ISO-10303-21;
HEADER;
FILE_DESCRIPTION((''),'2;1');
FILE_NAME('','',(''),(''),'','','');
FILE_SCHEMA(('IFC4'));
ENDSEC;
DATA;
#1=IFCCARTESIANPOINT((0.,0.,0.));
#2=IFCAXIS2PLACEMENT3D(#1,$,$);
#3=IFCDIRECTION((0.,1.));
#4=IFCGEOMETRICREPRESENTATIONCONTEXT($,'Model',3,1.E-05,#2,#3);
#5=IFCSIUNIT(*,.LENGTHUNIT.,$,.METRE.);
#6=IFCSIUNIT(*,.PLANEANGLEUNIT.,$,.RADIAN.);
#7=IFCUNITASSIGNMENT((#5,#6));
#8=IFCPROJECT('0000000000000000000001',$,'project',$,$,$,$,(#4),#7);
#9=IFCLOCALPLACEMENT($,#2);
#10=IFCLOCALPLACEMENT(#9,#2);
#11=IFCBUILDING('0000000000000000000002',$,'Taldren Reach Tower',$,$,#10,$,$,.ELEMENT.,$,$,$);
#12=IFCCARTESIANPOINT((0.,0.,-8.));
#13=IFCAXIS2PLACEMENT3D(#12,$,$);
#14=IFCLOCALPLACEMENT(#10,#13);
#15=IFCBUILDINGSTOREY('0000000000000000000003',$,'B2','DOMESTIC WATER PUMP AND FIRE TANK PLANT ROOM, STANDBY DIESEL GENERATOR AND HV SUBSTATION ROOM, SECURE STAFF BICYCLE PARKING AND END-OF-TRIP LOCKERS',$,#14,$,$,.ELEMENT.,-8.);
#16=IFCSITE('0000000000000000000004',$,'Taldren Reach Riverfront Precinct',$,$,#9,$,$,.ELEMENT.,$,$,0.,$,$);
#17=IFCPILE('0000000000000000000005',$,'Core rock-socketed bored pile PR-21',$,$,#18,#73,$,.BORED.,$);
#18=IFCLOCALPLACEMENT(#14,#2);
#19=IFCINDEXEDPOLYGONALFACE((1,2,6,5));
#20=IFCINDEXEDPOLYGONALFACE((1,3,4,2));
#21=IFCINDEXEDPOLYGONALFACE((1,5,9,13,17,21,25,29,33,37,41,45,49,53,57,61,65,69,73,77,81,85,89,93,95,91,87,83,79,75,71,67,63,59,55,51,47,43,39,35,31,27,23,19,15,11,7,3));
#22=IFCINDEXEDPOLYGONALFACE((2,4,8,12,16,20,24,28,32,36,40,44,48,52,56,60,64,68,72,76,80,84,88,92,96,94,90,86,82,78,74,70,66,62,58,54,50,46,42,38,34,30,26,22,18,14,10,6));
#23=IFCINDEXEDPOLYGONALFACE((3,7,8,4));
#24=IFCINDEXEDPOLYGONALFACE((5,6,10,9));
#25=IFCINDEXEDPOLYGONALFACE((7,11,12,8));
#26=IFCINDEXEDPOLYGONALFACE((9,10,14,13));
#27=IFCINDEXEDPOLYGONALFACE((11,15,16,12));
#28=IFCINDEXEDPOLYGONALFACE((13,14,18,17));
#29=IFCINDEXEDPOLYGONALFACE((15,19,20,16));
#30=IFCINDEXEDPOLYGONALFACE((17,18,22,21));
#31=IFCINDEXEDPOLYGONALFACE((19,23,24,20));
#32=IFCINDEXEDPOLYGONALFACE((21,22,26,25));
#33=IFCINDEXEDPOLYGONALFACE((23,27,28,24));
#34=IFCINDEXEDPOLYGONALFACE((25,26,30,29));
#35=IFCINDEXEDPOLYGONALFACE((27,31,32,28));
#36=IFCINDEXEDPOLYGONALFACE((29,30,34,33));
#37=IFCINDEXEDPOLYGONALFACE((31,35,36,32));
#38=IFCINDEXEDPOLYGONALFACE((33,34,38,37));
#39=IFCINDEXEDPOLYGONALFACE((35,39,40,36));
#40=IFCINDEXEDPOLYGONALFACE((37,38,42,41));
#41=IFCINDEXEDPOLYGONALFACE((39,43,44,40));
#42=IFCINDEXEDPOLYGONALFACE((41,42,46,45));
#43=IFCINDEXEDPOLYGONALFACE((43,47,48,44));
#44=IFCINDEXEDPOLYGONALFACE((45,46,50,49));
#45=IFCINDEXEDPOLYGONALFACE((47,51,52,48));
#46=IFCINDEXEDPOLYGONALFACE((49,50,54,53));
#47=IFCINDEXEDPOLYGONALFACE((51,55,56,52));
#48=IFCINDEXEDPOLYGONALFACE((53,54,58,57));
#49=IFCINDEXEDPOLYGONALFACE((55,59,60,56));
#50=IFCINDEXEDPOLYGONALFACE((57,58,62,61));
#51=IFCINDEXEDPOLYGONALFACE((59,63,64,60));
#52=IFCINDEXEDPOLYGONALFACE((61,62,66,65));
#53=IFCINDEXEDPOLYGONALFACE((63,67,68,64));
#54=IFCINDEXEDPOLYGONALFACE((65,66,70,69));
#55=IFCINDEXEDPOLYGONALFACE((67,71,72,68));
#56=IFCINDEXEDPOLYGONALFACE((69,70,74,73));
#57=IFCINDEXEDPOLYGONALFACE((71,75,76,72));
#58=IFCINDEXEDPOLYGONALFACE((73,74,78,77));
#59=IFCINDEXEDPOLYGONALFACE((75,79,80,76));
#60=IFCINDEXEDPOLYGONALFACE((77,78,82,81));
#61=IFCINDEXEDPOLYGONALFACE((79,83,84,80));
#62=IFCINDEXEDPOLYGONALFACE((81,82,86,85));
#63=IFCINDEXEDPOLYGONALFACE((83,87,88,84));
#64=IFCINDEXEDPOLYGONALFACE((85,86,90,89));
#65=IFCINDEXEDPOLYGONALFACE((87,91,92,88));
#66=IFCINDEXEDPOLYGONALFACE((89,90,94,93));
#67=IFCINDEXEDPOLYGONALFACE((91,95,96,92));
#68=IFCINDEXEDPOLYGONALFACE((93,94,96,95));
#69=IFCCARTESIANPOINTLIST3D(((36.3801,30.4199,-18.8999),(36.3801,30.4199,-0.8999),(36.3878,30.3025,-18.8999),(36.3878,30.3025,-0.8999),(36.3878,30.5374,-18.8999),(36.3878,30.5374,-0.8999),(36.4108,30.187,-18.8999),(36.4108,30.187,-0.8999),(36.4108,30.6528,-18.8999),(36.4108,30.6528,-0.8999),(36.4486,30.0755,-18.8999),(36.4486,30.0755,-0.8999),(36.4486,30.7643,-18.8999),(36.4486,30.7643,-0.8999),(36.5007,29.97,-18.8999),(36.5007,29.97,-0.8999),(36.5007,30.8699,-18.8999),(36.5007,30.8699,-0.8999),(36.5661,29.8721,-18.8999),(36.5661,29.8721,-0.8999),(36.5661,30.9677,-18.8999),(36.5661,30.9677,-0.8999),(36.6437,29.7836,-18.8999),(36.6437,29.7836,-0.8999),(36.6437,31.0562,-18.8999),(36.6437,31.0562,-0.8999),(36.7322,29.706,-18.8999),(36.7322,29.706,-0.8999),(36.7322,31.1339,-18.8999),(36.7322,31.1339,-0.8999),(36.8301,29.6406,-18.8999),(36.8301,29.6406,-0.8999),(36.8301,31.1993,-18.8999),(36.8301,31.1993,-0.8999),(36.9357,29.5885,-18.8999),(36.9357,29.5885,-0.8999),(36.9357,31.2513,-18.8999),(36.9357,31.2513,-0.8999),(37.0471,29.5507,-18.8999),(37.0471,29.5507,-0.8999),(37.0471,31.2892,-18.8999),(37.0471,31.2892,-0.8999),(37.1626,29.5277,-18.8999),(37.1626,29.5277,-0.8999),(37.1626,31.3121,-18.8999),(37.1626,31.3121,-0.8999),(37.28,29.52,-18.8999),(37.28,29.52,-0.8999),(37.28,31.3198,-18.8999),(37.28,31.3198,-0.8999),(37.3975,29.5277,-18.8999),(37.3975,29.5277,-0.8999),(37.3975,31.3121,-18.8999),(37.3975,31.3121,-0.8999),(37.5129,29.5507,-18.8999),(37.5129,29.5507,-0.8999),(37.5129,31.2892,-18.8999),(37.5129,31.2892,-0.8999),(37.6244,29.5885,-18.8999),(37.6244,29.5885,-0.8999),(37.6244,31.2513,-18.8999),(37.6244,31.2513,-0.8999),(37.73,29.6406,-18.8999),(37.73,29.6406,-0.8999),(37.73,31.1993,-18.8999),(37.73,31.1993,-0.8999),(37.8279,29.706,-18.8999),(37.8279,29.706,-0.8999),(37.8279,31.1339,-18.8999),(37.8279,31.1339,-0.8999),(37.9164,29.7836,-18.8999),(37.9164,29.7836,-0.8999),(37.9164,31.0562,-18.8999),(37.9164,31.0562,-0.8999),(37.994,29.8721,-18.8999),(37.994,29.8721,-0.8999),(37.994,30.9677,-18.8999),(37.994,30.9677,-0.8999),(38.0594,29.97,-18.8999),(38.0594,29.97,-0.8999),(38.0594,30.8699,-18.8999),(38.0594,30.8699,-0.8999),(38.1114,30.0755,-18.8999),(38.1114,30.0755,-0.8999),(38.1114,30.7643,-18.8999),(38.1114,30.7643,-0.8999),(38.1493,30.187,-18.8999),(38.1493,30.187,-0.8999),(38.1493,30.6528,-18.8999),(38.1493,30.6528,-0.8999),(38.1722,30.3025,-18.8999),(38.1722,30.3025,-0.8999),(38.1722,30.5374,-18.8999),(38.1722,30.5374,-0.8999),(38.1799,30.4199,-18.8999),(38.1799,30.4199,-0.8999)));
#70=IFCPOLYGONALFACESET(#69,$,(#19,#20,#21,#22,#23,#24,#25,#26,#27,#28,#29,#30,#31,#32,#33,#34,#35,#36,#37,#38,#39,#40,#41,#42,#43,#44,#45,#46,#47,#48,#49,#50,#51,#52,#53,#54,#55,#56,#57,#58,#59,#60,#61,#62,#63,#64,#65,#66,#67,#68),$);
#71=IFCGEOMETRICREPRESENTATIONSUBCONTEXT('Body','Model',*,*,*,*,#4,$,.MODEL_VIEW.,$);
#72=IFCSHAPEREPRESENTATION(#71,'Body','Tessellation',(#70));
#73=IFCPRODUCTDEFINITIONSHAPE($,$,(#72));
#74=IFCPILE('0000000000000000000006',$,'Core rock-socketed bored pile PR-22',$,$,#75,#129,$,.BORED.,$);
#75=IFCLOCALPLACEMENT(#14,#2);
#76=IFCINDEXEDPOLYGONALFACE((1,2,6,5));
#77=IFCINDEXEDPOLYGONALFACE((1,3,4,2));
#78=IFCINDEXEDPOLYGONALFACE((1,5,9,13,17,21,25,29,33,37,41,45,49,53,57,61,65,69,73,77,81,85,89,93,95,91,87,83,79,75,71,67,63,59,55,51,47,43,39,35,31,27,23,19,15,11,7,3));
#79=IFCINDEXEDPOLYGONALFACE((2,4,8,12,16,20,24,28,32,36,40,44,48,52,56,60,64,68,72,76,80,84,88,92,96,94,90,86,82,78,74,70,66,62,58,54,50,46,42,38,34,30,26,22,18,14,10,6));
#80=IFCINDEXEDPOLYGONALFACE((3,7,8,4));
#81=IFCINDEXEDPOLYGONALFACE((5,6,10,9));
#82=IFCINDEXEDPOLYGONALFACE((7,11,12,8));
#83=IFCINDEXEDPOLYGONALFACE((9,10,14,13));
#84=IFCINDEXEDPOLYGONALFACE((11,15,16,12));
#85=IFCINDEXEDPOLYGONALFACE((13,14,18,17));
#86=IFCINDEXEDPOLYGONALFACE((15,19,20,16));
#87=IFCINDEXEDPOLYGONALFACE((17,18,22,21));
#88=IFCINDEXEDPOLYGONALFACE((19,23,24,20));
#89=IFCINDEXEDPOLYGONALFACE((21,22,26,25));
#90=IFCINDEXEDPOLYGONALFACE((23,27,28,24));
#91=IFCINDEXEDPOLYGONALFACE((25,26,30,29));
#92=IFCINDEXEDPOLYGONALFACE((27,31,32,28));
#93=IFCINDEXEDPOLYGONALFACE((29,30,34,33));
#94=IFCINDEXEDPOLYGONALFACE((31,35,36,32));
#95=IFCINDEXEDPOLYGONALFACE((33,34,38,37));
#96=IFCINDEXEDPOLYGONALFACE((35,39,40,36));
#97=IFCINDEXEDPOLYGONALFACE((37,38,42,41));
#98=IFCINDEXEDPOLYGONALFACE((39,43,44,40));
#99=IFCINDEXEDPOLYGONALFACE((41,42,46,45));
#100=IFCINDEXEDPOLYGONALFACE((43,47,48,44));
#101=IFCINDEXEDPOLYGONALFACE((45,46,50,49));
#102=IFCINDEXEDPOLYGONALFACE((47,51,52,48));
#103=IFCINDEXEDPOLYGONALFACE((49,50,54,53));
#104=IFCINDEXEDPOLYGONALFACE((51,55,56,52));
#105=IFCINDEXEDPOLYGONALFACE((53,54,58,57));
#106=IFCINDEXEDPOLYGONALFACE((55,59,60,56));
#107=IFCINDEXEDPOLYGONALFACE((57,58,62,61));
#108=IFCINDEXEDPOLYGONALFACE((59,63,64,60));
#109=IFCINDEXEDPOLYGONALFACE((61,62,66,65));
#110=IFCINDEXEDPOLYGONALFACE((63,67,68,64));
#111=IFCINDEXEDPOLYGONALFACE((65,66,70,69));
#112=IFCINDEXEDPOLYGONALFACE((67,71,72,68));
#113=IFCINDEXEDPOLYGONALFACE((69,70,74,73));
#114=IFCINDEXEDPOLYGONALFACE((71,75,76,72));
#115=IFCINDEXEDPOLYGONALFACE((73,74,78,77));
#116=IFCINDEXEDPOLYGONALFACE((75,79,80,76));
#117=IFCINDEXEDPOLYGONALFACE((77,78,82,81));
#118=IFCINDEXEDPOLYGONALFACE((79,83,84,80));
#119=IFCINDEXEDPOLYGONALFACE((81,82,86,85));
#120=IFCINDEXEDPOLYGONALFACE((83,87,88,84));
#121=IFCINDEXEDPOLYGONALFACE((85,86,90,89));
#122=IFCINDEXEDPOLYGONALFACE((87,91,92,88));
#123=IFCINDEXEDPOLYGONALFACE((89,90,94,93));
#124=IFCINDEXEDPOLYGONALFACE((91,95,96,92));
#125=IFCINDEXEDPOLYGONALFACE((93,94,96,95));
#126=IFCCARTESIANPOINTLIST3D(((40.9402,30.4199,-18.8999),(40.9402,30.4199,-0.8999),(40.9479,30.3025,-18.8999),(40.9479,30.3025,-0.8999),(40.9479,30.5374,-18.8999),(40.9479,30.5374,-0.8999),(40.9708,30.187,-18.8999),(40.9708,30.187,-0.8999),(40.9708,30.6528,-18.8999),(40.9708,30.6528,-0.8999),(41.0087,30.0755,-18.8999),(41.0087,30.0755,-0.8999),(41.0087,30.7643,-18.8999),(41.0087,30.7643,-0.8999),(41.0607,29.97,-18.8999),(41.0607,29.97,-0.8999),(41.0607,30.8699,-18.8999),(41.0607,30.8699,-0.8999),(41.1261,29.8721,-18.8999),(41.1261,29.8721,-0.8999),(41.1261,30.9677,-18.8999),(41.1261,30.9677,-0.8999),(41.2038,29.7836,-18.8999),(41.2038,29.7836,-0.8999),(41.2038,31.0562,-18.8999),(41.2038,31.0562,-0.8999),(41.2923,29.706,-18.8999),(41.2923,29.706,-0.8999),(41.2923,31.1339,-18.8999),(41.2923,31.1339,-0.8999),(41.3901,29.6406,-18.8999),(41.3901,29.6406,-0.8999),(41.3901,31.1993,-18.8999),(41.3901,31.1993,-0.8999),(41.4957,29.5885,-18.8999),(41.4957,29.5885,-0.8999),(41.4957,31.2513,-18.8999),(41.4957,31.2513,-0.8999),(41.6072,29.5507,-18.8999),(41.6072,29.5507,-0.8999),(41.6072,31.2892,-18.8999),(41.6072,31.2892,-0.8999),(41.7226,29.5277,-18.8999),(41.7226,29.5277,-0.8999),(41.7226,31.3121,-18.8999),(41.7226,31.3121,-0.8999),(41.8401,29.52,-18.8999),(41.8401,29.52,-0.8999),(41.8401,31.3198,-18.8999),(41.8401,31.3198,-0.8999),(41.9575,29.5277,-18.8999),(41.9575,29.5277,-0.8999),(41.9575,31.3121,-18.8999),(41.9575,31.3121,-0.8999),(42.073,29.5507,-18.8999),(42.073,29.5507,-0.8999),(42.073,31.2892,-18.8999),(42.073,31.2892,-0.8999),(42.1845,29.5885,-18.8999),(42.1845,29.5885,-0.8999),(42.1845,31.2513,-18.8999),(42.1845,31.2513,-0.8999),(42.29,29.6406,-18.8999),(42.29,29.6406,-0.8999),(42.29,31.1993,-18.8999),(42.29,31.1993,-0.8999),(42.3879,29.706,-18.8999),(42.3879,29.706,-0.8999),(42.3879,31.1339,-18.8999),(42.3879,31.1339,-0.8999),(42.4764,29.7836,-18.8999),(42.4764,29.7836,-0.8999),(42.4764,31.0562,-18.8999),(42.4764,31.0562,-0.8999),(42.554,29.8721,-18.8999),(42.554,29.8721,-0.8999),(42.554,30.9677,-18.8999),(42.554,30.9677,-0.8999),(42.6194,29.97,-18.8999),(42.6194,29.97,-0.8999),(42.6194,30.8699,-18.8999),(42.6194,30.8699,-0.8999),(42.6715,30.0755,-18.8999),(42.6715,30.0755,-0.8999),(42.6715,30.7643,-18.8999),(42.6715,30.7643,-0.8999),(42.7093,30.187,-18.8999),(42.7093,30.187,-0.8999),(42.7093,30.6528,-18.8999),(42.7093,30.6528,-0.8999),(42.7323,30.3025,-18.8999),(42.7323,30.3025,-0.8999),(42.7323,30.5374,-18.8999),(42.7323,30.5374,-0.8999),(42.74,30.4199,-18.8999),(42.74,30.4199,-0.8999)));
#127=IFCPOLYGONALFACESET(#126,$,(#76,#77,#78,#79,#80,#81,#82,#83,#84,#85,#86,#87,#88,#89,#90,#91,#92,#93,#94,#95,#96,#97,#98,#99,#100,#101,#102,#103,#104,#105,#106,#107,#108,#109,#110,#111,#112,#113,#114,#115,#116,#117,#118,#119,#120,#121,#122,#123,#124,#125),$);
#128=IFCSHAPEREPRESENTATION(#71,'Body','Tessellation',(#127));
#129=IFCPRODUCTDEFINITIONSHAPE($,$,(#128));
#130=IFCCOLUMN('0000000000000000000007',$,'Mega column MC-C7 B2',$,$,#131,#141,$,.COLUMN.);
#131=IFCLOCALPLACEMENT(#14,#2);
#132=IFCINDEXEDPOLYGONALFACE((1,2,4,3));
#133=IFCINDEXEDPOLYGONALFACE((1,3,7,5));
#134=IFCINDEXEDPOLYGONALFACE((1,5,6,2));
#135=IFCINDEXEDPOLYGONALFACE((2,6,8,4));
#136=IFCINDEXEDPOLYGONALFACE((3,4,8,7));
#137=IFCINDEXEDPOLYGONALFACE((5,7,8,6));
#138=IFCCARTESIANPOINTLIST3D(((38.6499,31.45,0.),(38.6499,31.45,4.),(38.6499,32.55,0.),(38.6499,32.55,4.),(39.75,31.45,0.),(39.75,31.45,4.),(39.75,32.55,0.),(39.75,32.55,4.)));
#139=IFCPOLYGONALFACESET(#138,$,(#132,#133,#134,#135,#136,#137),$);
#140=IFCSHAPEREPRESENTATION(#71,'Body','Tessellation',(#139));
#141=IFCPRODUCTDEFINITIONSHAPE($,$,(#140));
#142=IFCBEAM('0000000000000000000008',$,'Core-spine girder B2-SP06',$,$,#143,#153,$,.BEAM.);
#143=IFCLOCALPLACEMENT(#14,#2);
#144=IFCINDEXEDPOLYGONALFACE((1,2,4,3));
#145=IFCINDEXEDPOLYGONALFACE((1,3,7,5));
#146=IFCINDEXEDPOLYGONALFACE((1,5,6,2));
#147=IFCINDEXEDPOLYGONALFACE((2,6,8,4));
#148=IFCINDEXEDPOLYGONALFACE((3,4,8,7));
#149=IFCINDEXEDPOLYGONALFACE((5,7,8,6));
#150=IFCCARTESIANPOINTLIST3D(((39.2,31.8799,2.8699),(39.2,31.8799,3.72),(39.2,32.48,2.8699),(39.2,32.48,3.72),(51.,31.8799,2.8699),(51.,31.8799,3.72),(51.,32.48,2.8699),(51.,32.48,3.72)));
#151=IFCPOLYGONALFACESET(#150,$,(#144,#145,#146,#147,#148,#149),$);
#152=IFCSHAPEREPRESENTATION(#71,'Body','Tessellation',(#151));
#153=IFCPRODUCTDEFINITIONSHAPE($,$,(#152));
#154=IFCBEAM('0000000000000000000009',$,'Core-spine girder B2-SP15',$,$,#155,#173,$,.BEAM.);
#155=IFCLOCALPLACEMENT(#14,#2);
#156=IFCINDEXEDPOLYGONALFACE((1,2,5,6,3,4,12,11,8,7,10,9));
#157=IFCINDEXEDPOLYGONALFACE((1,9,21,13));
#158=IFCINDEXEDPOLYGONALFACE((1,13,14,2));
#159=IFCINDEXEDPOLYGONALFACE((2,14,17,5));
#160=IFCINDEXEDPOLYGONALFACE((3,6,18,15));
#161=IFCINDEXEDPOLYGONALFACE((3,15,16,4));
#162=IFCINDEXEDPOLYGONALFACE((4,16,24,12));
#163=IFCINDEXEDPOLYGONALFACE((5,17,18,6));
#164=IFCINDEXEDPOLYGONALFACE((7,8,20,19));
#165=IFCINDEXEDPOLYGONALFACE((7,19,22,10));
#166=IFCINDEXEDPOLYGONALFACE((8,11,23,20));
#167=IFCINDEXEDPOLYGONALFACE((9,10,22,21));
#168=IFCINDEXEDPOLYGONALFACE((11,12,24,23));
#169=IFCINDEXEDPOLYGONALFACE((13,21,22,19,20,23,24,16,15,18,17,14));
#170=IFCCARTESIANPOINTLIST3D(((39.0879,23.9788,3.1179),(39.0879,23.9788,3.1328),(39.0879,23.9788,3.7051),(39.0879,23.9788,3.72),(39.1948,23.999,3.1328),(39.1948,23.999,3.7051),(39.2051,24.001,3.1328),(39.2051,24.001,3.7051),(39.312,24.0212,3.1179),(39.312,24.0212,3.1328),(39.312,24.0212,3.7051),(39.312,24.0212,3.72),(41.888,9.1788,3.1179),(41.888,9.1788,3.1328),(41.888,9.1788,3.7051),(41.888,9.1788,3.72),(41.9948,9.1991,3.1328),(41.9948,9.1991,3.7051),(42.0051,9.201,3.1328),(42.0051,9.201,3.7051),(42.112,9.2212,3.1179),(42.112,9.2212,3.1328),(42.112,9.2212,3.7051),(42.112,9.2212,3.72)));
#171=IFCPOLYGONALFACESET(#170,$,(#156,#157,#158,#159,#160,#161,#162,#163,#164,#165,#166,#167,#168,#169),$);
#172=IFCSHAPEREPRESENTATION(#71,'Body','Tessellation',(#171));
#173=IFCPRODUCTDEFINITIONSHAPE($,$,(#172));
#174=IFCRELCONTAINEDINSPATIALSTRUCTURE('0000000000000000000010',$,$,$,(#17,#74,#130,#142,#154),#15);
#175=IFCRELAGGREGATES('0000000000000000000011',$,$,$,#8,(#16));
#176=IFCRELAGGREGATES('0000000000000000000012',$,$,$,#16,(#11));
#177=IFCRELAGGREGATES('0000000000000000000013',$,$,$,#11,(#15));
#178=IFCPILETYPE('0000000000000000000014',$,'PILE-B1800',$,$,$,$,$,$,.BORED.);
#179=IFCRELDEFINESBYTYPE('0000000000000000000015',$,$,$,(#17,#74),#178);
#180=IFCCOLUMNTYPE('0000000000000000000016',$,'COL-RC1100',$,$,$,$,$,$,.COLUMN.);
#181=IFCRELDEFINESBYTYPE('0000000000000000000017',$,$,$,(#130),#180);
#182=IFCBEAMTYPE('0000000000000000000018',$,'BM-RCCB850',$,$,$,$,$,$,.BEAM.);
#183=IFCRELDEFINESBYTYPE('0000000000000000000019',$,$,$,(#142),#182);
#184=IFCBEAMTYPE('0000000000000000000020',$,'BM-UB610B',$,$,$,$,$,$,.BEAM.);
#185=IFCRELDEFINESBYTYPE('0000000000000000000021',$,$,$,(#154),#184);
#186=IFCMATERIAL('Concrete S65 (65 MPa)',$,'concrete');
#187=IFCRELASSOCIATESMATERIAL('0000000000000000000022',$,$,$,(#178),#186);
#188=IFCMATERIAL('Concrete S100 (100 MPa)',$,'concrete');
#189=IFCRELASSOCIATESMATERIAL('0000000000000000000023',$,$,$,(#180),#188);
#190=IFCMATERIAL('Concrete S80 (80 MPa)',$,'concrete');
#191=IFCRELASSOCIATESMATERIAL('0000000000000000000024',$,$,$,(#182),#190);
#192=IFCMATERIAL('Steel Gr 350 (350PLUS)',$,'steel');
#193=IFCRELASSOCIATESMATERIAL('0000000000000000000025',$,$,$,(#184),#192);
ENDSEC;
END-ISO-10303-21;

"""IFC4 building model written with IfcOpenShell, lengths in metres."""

from ifc_helpers import new_model, si_unit, direction, frame, origin, origin_2d, place, context, subcontext, project, spatial, rectangle, circle, i_section, extrude, source, transform, mapped, material, material_profile, profile_set, type_object, element, save


model = new_model("IFC4")

# Units and contexts
model_context = context("Model", 3, precision=1e-05, world=origin(), true_north=direction((0.0, 1.0)))
body_context = subcontext(model_context, "Body", "Model", "MODEL_VIEW")
ifc_project = project(units=[si_unit("LENGTHUNIT", "METRE"), si_unit("PLANEANGLEUNIT", "RADIAN")], contexts=[model_context])

# Site, building, storey
site_placement = place(None, origin())
site = spatial("IfcSite", under=ifc_project, at=site_placement, Name="Taldren Reach Riverfront Precinct", CompositionType="ELEMENT", RefElevation=0.0)
building_placement = place(site_placement, origin())
building = spatial("IfcBuilding", under=site, at=building_placement, Name="Taldren Reach Tower", CompositionType="ELEMENT")
storey_placement = place(building_placement, frame((0.0, 0.0, -8.0)))
storey = spatial("IfcBuildingStorey", under=building, at=storey_placement, Name="B2", Description="DOMESTIC WATER PUMP AND FIRE TANK PLANT ROOM, STANDBY DIESEL GENERATOR AND HV SUBSTATION ROOM, SECURE STAFF BICYCLE PARKING AND END-OF-TRIP LOCKERS", CompositionType="ELEMENT", Elevation=-8.0)

# Piles
ifc_material_1 = material(Name="Concrete S65 (65 MPa)", Category="concrete")
ifc_material_profile_1 = material_profile(ifc_material_1, circle(Radius=0.8999, at=origin_2d()), Name="PB-1800")
ifc_profile_set_1 = profile_set([ifc_material_profile_1], Name="Concrete S65 (65 MPa)")
pile_type_1 = type_object("IfcPileType", Name="PILE-B1800", PredefinedType="BORED", material=ifc_profile_set_1)
shared_shape_1 = source(origin(), body_context, "Body", "SweptSolid", [
    extrude(circle(Radius=0.8999, at=origin_2d()), origin(), (0.0, 0.0, 1.0), 18.0),
])
for number, where, z_axis, x_axis, name in (
    (1, (37.28, 30.4199, -0.8999), (0.0, 0.0, -1.0), (1.0, 0.0, 0.0), "Core rock-socketed bored pile PR-21"),
    (2, (41.8401, 30.4199, -0.8999), (0.0, 0.0, -1.0), (1.0, 0.0, 0.0), "Core rock-socketed bored pile PR-22"),
):
    element("IfcPile", number, at=place(storey_placement, frame(where, z_axis=z_axis, x_axis=x_axis)), inside=storey, type_object=pile_type_1, Name=name, PredefinedType="BORED", context=body_context, shape_type="MappedRepresentation", body=[
        mapped(shared_shape_1, transform((0.0, 0.0, 0.0), scale=1.0)),
    ])

# Column
ifc_material_2 = material(Name="Concrete S100 (100 MPa)", Category="concrete")
ifc_material_profile_2 = material_profile(ifc_material_2, rectangle(XDim=1.1001, YDim=1.1001, at=origin_2d()), Name="RC-1100x1100")
ifc_profile_set_2 = profile_set([ifc_material_profile_2], Name="Concrete S100 (100 MPa)")
column_type = type_object("IfcColumnType", Name="COL-RC1100", PredefinedType="COLUMN", material=ifc_profile_set_2)
shared_shape_2 = source(origin(), body_context, "Body", "SweptSolid", [
    extrude(rectangle(XDim=1.1001, YDim=1.1001, at=origin_2d()), origin(), (0.0, 0.0, 1.0), 4.0),
])
column_placement = place(storey_placement, frame((39.2, 32.0, 0.0), z_axis=(0.0, 0.0, 1.0), x_axis=(1.0, 0.0, 0.0)))
element("IfcColumn", 3, at=column_placement, inside=storey, type_object=column_type, Name="Mega column MC-C7 B2", PredefinedType="COLUMN", context=body_context, shape_type="MappedRepresentation", body=[
    mapped(shared_shape_2, transform((0.0, 0.0, 0.0), scale=1.0)),
])

# Beams
ifc_material_3 = material(Name="Concrete S80 (80 MPa)", Category="concrete")
ifc_material_profile_3 = material_profile(ifc_material_3, rectangle(XDim=0.6001, YDim=0.8501, at=origin_2d()), Name="RC-CB600x850")
ifc_profile_set_3 = profile_set([ifc_material_profile_3], Name="Concrete S80 (80 MPa)")
beam_type_1 = type_object("IfcBeamType", Name="BM-RCCB850", PredefinedType="BEAM", material=ifc_profile_set_3)
shared_shape_3 = source(origin(), body_context, "Body", "SweptSolid", [
    extrude(rectangle(XDim=0.6001, YDim=0.8501, at=origin_2d()), origin(), (0.0, 0.0, 1.0), 11.8),
])
beam_1_placement = place(storey_placement, frame((39.2, 32.1799, 3.2949), z_axis=(1.0, 0.0, 0.0), x_axis=(0.0, 1.0, 0.0)))
element("IfcBeam", 4, at=beam_1_placement, inside=storey, type_object=beam_type_1, Name="Core-spine girder B2-SP06", PredefinedType="BEAM", context=body_context, shape_type="MappedRepresentation", body=[
    mapped(shared_shape_3, transform((0.0, 0.0, 0.0), scale=1.0)),
])
ifc_material_4 = material(Name="Steel Gr 350 (350PLUS)", Category="steel")
ifc_material_profile_4 = material_profile(ifc_material_4, i_section(OverallWidth=0.228, OverallDepth=0.6021, WebThickness=0.0105, FlangeThickness=0.0149, at=origin_2d()), Name="610UB101")
ifc_profile_set_4 = profile_set([ifc_material_profile_4], Name="Steel Gr 350 (350PLUS)")
beam_type_2 = type_object("IfcBeamType", Name="BM-UB610B", PredefinedType="BEAM", material=ifc_profile_set_4)
shared_shape_4 = source(origin(), body_context, "Body", "SweptSolid", [
    extrude(i_section(OverallWidth=0.228, OverallDepth=0.6021, WebThickness=0.0105, FlangeThickness=0.0149, at=origin_2d()), origin(), (0.0, 0.0, 1.0), 15.0625),
])
beam_2_placement = place(storey_placement, frame((39.2, 24.0, 3.4189), z_axis=(0.185894, -0.98257, 0.0), x_axis=(0.98257, 0.185894, 0.0)))
element("IfcBeam", 5, at=beam_2_placement, inside=storey, type_object=beam_type_2, Name="Core-spine girder B2-SP15", PredefinedType="BEAM", context=body_context, shape_type="MappedRepresentation", body=[
    mapped(shared_shape_4, transform((0.0, 0.0, 0.0), scale=1.0)),
])

save(model, "model.ifc")
